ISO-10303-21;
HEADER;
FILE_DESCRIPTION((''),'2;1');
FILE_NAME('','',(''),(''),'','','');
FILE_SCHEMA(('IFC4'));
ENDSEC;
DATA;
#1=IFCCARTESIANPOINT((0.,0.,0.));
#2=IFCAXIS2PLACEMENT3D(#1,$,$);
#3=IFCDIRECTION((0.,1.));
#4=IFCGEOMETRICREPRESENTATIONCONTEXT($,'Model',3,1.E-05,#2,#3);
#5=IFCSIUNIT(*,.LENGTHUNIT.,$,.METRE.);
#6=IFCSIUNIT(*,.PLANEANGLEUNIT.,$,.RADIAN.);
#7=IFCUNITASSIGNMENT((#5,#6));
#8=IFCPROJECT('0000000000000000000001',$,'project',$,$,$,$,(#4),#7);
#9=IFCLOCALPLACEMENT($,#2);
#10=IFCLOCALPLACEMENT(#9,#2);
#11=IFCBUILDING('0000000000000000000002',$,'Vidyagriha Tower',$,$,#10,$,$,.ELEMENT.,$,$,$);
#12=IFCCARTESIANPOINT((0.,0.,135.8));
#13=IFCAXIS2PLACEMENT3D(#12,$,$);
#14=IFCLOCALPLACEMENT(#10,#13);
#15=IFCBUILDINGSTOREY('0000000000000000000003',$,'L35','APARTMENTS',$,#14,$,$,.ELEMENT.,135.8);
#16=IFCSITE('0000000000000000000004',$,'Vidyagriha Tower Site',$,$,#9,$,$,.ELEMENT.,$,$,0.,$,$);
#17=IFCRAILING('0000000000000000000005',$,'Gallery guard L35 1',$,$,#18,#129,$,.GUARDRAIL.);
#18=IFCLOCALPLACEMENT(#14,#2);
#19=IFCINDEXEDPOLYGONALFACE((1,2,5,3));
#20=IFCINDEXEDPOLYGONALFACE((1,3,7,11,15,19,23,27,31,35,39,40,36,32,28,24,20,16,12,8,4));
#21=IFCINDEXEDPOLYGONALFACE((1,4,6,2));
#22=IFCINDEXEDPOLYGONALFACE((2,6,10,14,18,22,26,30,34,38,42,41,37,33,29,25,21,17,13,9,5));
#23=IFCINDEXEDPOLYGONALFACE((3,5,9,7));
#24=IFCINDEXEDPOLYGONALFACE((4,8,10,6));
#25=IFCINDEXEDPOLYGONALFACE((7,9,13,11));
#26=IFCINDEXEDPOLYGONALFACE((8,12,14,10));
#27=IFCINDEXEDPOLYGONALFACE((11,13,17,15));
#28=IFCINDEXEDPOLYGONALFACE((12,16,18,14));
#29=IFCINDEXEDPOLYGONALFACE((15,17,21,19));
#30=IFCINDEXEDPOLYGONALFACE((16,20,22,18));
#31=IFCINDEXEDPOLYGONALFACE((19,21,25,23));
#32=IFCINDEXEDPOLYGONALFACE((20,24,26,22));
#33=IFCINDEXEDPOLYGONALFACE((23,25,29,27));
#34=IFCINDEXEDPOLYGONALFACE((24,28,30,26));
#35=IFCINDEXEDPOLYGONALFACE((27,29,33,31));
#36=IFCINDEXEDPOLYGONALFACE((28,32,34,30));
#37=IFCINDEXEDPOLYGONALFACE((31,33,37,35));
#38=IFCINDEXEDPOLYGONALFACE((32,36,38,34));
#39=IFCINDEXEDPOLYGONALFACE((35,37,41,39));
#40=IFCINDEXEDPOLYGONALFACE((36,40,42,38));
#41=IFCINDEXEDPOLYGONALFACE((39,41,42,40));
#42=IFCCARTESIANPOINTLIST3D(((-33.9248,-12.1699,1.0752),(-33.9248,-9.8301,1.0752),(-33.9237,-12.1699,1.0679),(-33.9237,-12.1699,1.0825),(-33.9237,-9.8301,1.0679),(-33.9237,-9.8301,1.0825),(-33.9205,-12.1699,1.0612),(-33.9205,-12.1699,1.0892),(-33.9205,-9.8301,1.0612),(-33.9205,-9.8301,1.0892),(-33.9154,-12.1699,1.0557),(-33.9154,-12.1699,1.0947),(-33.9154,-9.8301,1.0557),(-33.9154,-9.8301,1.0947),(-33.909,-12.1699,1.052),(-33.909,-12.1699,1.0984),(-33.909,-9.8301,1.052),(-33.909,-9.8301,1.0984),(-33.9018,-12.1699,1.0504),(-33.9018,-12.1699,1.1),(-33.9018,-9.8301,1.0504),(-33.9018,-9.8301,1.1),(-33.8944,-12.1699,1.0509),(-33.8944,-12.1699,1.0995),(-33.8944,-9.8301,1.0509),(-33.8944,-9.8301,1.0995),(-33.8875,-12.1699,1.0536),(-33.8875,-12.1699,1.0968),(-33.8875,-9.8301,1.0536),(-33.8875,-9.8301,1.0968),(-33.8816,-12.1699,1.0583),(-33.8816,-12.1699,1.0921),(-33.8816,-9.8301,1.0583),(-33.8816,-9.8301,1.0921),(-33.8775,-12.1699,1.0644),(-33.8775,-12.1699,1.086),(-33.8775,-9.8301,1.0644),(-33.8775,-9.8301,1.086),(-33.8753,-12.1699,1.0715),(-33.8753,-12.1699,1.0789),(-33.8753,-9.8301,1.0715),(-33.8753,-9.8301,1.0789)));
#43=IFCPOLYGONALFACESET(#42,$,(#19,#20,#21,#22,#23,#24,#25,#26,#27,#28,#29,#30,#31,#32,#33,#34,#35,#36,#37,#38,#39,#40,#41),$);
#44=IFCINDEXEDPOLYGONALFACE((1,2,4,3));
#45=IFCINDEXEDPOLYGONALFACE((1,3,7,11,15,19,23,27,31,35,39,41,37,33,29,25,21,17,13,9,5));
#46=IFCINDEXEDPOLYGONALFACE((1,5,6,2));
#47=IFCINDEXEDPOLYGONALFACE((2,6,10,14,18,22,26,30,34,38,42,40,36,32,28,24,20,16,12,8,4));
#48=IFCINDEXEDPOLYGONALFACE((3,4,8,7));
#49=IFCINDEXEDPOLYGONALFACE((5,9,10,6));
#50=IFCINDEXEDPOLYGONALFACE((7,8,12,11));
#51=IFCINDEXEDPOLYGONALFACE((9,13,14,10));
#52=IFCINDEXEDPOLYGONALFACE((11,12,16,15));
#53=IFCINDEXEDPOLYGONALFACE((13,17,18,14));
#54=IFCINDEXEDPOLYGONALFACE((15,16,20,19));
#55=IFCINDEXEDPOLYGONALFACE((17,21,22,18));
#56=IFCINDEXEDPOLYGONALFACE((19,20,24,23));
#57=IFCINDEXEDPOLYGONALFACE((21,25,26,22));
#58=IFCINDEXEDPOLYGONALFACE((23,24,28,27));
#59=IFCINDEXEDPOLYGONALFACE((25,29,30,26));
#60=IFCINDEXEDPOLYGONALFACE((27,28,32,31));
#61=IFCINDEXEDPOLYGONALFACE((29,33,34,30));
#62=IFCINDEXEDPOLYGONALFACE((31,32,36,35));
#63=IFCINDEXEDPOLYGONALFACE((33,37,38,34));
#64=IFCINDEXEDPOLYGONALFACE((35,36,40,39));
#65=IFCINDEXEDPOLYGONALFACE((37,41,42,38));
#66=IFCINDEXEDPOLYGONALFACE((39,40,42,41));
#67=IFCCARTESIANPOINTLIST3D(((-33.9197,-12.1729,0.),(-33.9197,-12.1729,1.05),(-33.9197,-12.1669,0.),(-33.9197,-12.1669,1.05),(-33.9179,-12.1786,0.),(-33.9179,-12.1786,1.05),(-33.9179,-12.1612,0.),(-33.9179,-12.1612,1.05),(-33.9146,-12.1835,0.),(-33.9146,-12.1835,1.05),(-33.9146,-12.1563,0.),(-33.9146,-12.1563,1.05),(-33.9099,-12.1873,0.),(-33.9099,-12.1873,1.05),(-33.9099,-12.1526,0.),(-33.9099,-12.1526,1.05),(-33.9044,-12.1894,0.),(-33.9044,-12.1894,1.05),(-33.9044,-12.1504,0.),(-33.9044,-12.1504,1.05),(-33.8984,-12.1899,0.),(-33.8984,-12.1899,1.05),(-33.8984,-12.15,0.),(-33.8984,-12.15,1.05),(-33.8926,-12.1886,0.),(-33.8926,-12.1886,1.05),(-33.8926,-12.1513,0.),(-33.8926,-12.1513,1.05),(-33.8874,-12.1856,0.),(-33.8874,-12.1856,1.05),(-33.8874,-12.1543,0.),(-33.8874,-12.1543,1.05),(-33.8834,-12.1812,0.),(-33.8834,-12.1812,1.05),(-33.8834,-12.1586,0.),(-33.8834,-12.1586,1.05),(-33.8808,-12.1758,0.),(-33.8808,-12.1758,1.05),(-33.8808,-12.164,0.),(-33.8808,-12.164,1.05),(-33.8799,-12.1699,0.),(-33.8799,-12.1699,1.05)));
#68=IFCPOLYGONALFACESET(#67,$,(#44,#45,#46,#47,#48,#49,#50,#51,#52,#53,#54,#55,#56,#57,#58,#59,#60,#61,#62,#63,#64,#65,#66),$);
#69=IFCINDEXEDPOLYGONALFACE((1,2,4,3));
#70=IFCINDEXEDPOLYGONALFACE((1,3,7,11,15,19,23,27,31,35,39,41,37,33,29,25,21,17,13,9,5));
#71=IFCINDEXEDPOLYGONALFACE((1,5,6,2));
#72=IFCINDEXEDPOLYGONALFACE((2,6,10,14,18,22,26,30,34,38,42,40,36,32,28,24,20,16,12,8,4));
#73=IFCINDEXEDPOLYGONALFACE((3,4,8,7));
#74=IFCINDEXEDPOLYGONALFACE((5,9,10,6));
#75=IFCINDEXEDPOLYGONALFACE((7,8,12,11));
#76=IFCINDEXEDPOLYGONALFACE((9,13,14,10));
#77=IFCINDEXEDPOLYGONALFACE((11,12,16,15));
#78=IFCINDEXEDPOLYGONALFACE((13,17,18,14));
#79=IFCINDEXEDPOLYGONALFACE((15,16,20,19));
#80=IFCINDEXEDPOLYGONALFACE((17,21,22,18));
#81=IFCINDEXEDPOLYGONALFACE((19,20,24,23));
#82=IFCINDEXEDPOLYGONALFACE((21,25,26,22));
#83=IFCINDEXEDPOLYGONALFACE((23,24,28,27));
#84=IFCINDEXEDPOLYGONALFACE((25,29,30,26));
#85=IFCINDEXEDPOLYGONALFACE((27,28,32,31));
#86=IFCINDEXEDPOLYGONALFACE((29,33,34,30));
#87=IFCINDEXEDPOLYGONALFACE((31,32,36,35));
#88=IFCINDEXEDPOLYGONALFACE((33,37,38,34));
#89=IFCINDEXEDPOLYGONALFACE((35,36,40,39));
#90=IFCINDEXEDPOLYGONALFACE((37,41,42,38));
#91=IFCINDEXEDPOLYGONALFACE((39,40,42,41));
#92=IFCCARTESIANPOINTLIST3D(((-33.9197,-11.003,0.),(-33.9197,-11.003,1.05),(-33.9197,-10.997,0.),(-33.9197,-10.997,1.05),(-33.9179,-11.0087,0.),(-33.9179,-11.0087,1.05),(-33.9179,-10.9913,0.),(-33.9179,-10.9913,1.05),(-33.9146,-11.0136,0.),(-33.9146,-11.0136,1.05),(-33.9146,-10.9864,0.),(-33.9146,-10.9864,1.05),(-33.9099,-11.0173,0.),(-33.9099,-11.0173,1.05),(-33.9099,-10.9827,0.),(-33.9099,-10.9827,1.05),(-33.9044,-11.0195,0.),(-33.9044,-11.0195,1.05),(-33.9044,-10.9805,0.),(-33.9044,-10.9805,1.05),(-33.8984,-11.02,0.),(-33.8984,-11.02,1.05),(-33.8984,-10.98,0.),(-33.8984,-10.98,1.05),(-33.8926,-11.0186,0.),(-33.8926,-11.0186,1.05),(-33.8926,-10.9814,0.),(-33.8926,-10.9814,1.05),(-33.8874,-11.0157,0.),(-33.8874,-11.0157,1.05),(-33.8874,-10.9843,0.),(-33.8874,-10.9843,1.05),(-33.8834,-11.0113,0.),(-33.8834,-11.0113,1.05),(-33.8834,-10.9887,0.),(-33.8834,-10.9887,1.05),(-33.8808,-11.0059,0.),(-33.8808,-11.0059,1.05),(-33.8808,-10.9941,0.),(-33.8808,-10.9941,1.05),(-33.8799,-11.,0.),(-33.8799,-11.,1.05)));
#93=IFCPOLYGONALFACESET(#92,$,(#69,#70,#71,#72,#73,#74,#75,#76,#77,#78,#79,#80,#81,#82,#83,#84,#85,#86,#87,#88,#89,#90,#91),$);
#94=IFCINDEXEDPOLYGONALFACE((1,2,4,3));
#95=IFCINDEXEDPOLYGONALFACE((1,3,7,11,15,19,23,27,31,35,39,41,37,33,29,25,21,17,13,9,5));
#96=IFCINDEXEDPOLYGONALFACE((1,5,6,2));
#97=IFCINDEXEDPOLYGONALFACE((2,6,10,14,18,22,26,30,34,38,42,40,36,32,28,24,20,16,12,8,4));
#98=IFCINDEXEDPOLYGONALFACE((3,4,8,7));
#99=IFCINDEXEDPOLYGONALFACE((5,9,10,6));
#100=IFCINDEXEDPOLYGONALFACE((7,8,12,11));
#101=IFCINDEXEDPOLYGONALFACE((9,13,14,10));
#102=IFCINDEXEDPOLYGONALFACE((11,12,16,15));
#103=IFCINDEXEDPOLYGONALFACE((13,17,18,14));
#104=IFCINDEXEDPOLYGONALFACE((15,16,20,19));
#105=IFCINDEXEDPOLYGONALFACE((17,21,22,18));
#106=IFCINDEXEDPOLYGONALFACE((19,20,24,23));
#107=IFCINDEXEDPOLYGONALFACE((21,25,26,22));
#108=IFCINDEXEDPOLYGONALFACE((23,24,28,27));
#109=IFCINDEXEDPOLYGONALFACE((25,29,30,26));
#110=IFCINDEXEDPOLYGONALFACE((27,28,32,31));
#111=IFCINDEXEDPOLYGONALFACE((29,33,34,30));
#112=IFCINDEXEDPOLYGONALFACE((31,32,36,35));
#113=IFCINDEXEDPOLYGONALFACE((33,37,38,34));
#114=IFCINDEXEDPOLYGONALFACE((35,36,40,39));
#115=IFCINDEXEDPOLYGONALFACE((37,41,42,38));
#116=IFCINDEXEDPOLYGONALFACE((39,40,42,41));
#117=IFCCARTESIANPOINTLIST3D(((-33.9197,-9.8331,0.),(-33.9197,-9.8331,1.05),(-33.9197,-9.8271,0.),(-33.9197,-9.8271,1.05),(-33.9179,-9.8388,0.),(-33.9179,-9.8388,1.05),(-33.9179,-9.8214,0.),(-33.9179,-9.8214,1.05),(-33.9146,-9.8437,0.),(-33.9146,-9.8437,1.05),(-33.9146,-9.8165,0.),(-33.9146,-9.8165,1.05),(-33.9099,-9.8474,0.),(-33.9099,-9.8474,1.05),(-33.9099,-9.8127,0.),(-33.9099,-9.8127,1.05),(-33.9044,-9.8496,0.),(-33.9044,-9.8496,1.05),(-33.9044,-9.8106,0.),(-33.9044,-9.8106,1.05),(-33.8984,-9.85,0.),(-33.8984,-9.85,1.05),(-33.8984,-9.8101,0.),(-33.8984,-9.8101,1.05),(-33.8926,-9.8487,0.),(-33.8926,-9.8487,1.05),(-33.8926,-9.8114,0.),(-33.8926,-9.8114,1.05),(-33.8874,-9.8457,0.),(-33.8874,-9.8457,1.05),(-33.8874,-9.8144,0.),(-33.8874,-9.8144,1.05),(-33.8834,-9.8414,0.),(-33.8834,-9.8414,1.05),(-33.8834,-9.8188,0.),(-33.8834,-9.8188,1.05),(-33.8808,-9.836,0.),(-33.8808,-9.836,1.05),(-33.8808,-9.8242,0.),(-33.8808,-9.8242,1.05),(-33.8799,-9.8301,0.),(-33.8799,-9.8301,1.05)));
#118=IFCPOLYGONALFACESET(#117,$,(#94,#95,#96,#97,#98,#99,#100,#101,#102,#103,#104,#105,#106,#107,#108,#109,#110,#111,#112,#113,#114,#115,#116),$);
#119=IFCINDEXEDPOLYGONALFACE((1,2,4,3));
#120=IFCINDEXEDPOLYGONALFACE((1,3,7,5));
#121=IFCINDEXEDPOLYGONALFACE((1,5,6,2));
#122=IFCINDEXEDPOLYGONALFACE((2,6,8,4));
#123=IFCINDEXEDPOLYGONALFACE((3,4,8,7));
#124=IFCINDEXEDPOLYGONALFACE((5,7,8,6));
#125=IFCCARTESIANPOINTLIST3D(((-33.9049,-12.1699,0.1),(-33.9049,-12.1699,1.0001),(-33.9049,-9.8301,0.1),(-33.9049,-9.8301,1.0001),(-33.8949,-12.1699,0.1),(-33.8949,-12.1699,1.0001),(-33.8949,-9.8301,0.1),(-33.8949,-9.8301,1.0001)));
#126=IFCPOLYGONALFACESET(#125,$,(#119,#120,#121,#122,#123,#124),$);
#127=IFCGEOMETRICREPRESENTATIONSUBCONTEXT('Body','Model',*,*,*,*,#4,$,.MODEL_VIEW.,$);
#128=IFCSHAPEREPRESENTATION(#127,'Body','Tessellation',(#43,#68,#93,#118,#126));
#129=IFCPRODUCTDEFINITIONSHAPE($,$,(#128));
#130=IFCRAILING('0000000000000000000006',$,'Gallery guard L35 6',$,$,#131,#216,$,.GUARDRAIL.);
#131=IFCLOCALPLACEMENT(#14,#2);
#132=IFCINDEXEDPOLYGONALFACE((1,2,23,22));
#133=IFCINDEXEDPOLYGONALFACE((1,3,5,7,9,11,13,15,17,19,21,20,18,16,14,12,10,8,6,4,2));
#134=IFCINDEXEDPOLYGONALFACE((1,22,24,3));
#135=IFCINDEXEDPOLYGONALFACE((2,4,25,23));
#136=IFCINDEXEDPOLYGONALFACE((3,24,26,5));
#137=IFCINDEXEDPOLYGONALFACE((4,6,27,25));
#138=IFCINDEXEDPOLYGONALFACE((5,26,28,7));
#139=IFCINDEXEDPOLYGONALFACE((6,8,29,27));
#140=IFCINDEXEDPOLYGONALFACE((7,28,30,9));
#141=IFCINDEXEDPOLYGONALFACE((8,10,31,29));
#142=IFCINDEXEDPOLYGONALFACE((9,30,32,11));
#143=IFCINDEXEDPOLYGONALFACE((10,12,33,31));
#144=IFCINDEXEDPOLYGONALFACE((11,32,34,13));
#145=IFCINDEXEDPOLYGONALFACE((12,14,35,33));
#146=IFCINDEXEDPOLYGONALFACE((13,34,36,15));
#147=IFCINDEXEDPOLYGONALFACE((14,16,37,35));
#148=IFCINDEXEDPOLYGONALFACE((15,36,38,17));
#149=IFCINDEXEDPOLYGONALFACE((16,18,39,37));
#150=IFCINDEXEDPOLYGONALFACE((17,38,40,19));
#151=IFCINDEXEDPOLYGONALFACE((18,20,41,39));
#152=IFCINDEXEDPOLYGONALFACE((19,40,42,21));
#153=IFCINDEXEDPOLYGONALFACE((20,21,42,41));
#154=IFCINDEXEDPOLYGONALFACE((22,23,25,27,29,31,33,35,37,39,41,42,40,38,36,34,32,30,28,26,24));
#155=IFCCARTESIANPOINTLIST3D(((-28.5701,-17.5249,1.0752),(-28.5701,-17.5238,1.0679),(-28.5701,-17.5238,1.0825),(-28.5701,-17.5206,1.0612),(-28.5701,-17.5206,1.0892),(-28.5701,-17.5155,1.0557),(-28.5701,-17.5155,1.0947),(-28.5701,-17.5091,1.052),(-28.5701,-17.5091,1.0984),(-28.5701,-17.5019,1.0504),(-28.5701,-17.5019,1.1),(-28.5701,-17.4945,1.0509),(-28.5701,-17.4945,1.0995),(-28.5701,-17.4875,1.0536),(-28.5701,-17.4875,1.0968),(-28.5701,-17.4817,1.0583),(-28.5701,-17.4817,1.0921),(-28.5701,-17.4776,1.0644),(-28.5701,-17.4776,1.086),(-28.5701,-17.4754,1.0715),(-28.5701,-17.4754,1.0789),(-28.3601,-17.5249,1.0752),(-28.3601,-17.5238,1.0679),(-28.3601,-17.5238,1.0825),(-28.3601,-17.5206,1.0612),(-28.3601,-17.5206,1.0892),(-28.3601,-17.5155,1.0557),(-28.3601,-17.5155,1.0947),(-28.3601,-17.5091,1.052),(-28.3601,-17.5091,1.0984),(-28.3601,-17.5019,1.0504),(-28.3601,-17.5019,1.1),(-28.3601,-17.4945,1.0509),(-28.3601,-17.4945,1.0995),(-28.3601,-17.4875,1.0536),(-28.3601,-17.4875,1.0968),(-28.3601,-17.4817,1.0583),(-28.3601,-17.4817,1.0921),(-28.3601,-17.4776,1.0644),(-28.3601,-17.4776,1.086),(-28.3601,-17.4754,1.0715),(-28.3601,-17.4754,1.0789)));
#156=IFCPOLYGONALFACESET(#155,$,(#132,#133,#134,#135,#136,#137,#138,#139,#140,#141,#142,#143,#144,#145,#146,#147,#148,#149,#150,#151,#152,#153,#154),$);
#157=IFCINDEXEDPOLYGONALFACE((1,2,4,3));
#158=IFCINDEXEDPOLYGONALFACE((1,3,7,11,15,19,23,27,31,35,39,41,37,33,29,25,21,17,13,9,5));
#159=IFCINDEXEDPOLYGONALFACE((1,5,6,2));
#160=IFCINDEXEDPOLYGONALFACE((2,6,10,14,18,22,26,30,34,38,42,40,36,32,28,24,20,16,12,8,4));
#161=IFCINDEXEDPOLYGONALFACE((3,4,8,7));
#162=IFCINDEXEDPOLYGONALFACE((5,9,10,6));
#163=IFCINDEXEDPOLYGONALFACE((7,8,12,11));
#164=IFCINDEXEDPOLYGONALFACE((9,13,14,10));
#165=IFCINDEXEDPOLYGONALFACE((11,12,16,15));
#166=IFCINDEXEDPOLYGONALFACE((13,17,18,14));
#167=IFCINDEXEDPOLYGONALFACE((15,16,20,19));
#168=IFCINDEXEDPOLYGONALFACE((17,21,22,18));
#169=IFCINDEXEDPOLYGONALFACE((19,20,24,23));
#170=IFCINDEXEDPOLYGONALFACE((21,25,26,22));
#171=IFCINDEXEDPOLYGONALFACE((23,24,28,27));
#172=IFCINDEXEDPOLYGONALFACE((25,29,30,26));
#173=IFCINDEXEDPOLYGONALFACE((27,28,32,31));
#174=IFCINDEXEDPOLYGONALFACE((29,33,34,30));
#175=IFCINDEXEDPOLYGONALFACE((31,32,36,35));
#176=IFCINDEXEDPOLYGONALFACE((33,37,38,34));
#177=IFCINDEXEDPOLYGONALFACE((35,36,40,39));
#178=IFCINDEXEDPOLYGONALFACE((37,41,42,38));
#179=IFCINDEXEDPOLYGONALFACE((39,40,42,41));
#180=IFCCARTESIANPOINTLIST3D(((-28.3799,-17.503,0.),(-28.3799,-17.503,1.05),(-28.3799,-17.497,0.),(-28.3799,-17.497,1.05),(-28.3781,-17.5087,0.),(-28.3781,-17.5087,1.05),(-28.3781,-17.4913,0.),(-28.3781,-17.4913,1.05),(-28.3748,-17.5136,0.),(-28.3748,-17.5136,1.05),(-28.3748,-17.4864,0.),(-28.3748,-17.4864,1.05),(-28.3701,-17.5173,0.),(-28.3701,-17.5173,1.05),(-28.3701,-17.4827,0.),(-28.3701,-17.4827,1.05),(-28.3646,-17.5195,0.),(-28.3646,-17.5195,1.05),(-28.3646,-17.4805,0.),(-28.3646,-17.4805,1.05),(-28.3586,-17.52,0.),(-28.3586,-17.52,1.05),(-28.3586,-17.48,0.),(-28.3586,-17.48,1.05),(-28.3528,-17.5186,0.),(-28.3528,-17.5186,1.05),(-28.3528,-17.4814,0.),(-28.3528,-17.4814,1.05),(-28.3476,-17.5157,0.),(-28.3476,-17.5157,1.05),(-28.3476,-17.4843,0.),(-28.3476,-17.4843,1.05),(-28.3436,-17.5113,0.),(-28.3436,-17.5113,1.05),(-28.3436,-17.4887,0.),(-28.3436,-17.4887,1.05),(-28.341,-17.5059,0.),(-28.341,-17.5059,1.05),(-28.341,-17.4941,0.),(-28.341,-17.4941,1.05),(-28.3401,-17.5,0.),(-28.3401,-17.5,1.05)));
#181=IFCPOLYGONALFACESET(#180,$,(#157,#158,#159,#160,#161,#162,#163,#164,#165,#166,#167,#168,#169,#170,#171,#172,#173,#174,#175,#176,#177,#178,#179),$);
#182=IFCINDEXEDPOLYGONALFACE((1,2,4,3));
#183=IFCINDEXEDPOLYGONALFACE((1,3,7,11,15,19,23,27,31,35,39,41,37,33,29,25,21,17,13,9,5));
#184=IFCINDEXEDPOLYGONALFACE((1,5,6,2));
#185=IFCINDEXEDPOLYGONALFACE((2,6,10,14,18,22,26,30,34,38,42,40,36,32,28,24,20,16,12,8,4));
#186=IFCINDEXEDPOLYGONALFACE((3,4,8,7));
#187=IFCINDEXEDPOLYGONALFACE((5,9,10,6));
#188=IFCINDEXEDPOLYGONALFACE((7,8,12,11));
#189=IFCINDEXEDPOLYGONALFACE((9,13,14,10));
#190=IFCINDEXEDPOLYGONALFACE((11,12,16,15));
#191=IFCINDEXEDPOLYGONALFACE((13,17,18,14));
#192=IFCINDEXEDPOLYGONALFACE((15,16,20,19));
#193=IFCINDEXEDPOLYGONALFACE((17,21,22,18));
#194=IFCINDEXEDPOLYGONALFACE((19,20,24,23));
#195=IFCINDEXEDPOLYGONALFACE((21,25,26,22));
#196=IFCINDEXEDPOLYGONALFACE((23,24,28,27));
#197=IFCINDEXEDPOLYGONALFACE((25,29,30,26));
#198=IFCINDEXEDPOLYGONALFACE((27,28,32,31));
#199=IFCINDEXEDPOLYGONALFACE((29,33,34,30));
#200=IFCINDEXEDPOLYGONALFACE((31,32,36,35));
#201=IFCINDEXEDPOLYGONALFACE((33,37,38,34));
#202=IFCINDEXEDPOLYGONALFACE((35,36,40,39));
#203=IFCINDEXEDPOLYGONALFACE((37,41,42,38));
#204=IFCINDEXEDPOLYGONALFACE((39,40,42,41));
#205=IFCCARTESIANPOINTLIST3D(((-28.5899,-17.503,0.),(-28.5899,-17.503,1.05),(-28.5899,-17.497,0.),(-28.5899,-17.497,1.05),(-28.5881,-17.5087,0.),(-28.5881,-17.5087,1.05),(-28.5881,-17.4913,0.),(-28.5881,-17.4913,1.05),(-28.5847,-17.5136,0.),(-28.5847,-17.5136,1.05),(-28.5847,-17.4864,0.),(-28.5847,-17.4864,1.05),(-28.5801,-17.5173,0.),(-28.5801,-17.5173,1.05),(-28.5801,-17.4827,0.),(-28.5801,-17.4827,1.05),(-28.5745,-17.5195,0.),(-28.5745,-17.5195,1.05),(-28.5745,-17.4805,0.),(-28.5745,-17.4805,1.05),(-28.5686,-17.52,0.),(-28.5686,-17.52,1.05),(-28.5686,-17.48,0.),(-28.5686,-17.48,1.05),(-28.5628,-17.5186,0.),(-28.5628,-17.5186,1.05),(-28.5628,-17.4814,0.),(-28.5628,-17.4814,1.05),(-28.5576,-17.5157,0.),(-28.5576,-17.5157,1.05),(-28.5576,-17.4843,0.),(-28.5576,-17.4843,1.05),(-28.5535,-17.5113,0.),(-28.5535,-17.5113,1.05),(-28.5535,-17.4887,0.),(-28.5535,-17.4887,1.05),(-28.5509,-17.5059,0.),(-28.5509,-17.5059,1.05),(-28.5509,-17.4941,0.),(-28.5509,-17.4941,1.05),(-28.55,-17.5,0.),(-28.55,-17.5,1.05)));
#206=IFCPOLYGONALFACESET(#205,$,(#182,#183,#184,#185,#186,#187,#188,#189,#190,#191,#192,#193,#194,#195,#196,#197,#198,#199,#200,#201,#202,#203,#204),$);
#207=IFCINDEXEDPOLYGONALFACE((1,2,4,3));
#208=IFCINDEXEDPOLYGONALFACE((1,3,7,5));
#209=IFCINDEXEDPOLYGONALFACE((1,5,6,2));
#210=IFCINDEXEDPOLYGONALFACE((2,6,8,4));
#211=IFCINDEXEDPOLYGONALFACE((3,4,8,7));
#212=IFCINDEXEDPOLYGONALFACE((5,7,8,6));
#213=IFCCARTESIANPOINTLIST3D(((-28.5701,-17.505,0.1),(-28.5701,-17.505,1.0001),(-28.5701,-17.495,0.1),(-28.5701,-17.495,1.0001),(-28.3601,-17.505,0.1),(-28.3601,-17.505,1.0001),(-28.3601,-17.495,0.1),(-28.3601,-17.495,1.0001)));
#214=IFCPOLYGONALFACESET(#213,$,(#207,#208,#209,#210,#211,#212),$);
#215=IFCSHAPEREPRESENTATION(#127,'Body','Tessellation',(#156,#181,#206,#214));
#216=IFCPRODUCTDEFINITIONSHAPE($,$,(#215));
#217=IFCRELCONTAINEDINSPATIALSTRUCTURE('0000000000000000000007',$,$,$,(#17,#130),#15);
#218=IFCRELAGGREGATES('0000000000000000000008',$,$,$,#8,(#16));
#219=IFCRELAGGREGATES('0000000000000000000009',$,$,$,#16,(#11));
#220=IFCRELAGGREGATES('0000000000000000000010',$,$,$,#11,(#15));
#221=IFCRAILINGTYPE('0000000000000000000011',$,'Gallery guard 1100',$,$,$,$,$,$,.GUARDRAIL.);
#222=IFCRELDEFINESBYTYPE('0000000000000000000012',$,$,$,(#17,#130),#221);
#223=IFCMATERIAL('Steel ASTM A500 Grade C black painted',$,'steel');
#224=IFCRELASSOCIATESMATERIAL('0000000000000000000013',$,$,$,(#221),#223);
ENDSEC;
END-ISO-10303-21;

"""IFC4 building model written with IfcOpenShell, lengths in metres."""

from ifc_helpers import new_model, si_unit, direction, frame, origin, origin_2d, place, context, subcontext, project, spatial, rectangle, circle, extrude, material, type_object, element, save


model = new_model("IFC4")

# Units and contexts
model_context = context("Model", 3, precision=1e-05, world=origin(), true_north=direction((0.0, 1.0)))
body_context = subcontext(model_context, "Body", "Model", "MODEL_VIEW")
ifc_project = project(units=[si_unit("LENGTHUNIT", "METRE"), si_unit("PLANEANGLEUNIT", "RADIAN")], contexts=[model_context])

# Site, building, storey
site_placement = place(None, origin())
site = spatial("IfcSite", under=ifc_project, at=site_placement, Name="Vidyagriha Tower Site", CompositionType="ELEMENT", RefElevation=0.0)
building_placement = place(site_placement, origin())
building = spatial("IfcBuilding", under=site, at=building_placement, Name="Vidyagriha Tower", CompositionType="ELEMENT")
storey_placement = place(building_placement, frame((0.0, 0.0, 135.8)))
storey = spatial("IfcBuildingStorey", under=building, at=storey_placement, Name="L35", Description="APARTMENTS", CompositionType="ELEMENT", Elevation=135.8)

# Railings
ifc_material_1 = material(Name="Steel ASTM A500 Grade C black painted", Category="steel")
railing_type_1 = type_object("IfcRailingType", Name="Gallery guard 1100", PredefinedType="GUARDRAIL", material=ifc_material_1)
railing_1_placement = place(storey_placement, frame((-33.8999, -12.1699, 0.0)))
element("IfcRailing", 1, at=railing_1_placement, inside=storey, type_object=railing_type_1, Name="Gallery guard L35 1", PredefinedType="GUARDRAIL", context=body_context, shape_type="SweptSolid", body=[
    extrude(circle(Radius=0.0249, at=origin_2d()), frame((0.0, 0.0, 1.0752), z_axis=(0.0, 1.0, 0.0), x_axis=(-1.0, 0.0, 0.0)), (0.0, 0.0, 1.0), 2.3398),
    extrude(circle(Radius=0.02, at=origin_2d()), origin(), (0.0, 0.0, 1.0), 1.05),
    extrude(circle(Radius=0.02, at=origin_2d()), frame((0.0, 1.1699, 0.0)), (0.0, 0.0, 1.0), 1.05),
    extrude(circle(Radius=0.02, at=origin_2d()), frame((0.0, 2.3398, 0.0)), (0.0, 0.0, 1.0), 1.05),
    extrude(rectangle(XDim=0.01, YDim=0.9001, at=origin_2d()), frame((0.0, 0.0, 0.55), z_axis=(0.0, 1.0, 0.0), x_axis=(-1.0, 0.0, 0.0)), (0.0, 0.0, 1.0), 2.3398),
])
railing_2_placement = place(storey_placement, frame((-28.3601, -17.5, 0.0)))
element("IfcRailing", 2, at=railing_2_placement, inside=storey, type_object=railing_type_1, Name="Gallery guard L35 6", PredefinedType="GUARDRAIL", context=body_context, shape_type="SweptSolid", body=[
    extrude(circle(Radius=0.0249, at=origin_2d()), frame((0.0, 0.0, 1.0752), z_axis=(-1.0, 0.0, 0.0), x_axis=(0.0, -1.0, 0.0)), (0.0, 0.0, 1.0), 0.21),
    extrude(circle(Radius=0.02, at=origin_2d()), origin(), (0.0, 0.0, 1.0), 1.05),
    extrude(circle(Radius=0.02, at=origin_2d()), frame((-0.21, 0.0, 0.0)), (0.0, 0.0, 1.0), 1.05),
    extrude(rectangle(XDim=0.01, YDim=0.9001, at=origin_2d()), frame((0.0, 0.0, 0.55), z_axis=(-1.0, 0.0, 0.0), x_axis=(0.0, -1.0, 0.0)), (0.0, 0.0, 1.0), 0.21),
])

save(model, "model.ifc")
